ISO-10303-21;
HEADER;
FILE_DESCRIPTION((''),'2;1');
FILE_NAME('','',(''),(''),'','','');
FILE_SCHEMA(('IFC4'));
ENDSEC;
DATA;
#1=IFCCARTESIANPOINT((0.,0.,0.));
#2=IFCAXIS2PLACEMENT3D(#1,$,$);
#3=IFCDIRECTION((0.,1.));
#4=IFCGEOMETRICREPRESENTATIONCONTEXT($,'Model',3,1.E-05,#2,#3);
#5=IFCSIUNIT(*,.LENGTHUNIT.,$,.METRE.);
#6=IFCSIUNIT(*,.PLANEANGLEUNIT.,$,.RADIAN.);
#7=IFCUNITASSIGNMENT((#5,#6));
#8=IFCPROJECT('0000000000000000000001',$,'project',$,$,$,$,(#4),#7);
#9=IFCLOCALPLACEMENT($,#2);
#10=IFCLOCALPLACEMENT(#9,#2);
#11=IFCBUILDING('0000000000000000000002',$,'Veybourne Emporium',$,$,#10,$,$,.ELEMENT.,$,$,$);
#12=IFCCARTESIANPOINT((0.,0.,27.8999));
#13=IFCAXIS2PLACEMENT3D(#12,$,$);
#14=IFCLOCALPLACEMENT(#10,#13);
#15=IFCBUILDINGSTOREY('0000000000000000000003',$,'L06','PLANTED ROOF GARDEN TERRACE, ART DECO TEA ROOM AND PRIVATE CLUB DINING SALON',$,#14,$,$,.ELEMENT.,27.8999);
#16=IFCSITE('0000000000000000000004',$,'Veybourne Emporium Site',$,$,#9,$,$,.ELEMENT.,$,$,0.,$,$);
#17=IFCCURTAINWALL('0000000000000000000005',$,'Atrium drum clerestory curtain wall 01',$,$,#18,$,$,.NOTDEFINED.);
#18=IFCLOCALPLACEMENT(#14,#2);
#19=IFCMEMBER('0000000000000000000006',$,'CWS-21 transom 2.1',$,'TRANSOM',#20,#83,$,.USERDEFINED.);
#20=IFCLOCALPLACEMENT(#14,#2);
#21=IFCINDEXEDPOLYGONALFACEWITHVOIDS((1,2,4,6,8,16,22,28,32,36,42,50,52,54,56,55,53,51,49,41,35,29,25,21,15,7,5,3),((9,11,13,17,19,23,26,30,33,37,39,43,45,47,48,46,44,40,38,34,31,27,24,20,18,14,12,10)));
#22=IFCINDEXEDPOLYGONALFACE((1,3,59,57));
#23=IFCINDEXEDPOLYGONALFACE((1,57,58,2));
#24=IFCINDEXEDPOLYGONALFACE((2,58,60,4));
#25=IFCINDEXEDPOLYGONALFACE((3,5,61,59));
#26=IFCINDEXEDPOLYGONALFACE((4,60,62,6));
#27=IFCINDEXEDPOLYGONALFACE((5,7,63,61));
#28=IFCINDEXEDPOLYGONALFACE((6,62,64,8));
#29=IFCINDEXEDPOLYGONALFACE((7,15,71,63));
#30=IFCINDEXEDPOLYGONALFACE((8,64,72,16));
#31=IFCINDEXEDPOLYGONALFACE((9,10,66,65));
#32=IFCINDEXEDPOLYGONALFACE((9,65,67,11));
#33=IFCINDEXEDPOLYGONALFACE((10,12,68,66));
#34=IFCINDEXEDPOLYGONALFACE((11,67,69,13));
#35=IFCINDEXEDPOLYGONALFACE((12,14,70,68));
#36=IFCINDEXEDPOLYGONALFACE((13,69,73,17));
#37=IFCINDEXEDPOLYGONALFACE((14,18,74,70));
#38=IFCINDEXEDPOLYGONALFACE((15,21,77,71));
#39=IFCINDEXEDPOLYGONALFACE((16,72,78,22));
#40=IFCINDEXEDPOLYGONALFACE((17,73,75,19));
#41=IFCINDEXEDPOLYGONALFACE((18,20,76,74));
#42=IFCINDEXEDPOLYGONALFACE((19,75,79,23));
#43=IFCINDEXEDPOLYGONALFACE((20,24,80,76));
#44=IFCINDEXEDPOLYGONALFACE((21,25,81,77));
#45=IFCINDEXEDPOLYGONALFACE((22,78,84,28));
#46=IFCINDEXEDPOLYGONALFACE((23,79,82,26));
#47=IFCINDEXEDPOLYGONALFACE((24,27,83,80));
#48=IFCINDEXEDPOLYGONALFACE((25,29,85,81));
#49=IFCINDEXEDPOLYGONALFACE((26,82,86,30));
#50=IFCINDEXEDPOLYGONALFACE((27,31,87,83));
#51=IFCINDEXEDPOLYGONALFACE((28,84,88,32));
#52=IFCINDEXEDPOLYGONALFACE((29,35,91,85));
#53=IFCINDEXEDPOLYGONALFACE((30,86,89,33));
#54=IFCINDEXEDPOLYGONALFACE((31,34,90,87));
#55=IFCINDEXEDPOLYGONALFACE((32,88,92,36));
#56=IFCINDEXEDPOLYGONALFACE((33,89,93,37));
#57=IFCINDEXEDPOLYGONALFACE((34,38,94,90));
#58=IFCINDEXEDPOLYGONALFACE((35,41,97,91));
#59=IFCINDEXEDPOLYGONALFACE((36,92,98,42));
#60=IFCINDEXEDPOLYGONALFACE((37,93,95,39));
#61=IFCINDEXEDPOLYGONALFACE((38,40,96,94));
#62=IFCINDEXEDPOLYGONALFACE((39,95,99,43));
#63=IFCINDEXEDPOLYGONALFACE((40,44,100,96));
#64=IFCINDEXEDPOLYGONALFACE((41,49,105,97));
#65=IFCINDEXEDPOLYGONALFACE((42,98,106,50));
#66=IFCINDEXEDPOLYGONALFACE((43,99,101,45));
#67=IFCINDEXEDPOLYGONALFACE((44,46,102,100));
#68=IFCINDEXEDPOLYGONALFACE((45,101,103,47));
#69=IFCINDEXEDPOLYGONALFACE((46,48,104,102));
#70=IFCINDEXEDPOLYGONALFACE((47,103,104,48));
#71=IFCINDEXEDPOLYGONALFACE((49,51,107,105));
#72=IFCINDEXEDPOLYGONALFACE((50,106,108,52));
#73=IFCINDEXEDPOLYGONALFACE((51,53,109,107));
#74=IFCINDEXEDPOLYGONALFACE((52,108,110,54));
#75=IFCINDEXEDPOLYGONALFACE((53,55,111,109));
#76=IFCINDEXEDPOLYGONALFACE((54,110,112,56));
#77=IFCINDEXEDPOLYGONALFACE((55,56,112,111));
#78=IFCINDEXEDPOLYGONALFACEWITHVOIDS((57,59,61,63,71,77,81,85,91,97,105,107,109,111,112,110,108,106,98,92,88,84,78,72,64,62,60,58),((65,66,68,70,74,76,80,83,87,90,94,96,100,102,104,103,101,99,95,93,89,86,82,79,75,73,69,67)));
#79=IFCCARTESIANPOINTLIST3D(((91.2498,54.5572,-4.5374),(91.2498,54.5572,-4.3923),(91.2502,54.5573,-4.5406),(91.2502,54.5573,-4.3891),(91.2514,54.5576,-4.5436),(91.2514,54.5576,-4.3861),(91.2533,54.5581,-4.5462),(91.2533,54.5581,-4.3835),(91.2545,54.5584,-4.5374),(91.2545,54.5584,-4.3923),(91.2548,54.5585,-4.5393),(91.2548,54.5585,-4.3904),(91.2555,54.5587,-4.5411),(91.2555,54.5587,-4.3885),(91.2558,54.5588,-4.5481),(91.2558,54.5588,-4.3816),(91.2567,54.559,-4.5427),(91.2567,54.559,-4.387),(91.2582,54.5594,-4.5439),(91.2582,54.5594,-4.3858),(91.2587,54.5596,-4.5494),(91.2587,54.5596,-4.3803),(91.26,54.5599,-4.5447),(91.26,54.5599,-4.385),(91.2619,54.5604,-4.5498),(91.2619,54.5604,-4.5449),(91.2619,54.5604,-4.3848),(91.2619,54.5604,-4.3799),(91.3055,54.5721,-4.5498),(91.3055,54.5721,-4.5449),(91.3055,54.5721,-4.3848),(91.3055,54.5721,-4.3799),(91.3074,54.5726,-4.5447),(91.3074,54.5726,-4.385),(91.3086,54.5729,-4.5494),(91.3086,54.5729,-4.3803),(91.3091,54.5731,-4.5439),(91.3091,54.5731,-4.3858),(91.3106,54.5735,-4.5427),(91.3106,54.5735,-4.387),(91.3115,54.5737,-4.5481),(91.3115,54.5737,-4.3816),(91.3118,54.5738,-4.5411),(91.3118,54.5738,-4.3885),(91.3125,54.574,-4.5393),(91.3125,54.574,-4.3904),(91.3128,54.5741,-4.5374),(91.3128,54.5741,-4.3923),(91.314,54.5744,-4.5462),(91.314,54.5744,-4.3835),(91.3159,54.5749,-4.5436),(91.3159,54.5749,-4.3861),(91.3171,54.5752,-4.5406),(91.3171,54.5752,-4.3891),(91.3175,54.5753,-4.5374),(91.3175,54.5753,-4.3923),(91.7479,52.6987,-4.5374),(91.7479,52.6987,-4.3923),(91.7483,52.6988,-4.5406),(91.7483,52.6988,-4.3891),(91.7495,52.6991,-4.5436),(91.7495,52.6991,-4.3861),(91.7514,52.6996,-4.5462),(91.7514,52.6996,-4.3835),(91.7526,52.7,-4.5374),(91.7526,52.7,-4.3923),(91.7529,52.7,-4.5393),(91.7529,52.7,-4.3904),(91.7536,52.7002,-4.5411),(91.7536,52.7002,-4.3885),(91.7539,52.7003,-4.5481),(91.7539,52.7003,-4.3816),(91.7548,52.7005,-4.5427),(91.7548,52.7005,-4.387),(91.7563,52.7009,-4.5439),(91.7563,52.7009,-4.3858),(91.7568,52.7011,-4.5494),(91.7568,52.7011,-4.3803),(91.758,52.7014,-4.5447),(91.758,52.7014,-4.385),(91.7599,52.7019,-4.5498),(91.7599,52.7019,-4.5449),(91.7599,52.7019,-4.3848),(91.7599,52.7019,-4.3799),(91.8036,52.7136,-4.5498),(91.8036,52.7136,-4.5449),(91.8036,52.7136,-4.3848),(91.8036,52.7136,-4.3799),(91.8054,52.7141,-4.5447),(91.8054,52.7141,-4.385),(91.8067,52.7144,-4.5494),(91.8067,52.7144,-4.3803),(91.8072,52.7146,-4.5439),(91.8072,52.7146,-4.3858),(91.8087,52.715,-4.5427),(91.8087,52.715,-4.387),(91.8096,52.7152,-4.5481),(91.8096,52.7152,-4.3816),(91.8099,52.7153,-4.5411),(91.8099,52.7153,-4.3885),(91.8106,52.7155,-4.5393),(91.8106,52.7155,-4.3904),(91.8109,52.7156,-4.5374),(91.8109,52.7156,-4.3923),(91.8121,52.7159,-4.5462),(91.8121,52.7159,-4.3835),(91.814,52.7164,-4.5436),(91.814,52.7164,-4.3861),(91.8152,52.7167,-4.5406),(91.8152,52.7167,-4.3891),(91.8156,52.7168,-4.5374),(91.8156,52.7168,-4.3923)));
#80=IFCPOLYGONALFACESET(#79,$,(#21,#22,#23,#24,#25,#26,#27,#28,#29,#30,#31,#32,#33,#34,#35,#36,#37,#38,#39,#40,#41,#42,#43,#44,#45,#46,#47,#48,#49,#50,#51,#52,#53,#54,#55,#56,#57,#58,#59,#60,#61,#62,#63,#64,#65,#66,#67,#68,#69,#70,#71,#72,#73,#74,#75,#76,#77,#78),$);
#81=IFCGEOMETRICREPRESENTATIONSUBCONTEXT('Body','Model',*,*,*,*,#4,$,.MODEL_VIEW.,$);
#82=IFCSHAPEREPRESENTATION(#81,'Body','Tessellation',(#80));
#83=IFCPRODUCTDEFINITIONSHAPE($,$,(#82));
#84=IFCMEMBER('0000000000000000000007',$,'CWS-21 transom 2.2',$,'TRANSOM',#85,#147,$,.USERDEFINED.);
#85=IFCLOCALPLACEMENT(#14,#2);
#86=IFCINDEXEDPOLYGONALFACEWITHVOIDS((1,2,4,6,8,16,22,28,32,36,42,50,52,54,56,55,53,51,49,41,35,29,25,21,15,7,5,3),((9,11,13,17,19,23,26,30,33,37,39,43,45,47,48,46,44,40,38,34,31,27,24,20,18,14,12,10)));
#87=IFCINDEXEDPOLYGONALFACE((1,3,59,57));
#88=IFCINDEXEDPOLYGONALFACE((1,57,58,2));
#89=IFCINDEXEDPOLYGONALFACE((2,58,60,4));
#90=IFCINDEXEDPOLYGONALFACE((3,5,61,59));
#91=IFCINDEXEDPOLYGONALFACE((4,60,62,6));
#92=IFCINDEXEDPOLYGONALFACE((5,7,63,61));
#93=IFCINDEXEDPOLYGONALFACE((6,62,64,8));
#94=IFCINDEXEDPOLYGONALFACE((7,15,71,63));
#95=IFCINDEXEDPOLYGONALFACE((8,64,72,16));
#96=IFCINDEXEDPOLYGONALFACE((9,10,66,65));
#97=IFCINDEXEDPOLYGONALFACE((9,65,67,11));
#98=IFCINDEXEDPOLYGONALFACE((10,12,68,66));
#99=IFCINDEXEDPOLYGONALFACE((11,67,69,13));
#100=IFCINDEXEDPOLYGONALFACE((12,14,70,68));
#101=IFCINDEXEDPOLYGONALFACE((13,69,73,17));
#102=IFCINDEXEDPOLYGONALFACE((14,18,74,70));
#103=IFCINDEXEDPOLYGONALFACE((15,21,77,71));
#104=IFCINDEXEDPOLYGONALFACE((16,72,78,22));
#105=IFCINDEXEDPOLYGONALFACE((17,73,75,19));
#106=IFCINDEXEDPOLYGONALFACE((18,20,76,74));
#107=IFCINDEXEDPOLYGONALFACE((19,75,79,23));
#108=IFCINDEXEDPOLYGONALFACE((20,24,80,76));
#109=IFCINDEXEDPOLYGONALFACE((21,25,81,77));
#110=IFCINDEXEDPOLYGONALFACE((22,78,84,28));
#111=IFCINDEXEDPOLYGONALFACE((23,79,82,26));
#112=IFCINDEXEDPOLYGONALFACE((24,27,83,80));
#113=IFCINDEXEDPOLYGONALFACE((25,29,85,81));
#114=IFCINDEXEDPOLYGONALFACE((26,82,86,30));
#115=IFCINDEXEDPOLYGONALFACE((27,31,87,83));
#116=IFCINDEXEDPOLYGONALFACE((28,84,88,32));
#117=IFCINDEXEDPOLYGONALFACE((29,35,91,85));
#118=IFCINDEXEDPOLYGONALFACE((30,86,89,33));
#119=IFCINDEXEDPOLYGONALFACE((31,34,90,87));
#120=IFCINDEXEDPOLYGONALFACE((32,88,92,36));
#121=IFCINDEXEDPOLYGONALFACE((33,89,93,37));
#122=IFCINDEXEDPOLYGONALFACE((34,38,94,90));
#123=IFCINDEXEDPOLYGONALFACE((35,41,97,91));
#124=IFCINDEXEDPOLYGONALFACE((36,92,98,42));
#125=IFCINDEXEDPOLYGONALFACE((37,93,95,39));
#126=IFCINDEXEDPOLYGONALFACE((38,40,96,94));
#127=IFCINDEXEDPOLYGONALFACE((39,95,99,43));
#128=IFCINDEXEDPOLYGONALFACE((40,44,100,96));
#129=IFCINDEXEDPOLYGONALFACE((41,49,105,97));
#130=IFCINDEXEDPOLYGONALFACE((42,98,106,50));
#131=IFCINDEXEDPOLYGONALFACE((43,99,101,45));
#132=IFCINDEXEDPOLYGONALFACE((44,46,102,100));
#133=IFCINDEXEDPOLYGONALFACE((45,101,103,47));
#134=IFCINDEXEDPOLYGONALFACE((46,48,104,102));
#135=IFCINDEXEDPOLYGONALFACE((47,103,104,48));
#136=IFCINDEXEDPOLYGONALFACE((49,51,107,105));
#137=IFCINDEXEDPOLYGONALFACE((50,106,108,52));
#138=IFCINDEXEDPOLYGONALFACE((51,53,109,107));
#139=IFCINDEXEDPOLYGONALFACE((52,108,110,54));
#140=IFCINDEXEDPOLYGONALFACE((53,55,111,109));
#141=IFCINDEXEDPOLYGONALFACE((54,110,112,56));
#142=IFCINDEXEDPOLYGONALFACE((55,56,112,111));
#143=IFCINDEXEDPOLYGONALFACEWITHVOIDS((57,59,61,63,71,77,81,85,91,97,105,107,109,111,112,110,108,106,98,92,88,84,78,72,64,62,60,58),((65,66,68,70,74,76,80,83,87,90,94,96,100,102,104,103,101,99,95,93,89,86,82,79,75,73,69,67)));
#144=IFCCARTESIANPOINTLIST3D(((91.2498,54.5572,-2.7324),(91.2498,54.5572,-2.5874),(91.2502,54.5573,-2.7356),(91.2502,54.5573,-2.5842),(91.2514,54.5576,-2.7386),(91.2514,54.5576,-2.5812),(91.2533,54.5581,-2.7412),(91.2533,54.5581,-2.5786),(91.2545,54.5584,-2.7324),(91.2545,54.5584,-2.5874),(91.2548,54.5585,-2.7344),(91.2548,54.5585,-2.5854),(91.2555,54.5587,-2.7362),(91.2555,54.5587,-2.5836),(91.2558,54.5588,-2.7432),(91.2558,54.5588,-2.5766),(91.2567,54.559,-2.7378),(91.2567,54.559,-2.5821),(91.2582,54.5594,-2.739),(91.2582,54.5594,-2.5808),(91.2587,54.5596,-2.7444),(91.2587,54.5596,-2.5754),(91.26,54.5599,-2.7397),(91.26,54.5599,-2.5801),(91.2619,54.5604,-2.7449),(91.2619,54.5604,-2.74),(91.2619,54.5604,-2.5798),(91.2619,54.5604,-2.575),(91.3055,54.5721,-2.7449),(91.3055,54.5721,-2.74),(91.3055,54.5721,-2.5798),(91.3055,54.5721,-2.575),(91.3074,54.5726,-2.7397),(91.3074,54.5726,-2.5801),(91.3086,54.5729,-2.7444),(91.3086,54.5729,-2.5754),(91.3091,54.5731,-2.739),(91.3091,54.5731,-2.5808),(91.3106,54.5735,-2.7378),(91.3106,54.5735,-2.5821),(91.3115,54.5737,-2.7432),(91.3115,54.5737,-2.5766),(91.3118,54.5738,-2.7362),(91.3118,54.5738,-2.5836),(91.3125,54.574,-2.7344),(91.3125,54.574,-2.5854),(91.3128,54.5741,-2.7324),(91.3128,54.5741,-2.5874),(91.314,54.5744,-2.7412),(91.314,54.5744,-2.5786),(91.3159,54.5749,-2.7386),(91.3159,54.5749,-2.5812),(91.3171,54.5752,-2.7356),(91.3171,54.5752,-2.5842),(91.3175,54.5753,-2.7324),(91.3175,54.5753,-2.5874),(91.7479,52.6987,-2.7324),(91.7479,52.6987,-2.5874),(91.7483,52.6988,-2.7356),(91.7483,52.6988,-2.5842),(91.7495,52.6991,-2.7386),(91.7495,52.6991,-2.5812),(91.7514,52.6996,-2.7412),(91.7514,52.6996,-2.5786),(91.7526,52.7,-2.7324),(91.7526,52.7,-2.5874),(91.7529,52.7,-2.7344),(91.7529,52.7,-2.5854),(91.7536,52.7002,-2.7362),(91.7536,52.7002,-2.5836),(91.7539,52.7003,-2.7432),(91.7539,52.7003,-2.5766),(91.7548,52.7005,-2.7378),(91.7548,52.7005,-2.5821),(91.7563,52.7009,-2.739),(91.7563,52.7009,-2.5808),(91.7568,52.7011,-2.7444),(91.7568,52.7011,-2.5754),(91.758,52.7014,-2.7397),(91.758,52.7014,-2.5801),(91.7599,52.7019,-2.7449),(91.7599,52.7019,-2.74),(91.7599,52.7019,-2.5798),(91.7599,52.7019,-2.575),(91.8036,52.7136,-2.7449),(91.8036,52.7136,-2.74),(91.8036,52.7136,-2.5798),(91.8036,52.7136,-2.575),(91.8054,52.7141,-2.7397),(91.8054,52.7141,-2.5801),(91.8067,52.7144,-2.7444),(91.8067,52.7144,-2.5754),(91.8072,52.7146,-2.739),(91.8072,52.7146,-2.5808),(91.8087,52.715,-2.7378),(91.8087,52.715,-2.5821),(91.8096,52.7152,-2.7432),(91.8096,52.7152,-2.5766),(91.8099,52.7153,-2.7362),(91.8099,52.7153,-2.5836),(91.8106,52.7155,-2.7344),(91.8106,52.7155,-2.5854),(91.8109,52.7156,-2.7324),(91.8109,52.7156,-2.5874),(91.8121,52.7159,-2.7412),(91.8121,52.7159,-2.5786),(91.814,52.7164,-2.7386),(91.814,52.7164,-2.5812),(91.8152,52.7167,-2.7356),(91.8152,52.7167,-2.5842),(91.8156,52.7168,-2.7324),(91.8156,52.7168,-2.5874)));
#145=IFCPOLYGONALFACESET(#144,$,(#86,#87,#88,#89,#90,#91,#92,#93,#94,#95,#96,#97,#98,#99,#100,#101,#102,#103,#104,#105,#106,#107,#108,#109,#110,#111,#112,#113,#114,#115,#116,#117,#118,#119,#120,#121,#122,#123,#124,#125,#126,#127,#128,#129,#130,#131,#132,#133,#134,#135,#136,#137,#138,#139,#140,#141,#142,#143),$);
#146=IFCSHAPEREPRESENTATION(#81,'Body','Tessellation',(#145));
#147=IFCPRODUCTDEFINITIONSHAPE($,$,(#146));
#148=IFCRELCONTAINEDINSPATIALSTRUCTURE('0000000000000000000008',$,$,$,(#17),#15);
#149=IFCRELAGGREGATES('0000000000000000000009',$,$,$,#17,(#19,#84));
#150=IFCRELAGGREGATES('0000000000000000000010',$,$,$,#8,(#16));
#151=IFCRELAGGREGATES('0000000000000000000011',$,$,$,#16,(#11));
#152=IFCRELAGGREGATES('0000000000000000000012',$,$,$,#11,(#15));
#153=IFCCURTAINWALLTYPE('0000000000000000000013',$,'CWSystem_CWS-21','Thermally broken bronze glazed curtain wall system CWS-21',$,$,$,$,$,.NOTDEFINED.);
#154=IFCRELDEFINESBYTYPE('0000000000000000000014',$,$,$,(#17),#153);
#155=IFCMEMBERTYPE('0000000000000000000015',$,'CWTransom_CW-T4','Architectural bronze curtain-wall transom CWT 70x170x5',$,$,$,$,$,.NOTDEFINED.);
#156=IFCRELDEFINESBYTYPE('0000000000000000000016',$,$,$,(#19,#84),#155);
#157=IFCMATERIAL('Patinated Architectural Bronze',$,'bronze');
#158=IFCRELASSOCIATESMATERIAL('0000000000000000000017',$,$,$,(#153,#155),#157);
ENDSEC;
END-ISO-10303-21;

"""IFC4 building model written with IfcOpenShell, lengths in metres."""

from ifc_helpers import new_model, si_unit, direction, frame, origin, origin_2d, place, context, subcontext, project, spatial, hollow_rectangle, extrude, material, material_profile, profile_set, type_object, element, aggregate, save


model = new_model("IFC4")

# Units and contexts
model_context = context("Model", 3, precision=1e-05, world=origin(), true_north=direction((0.0, 1.0)))
body_context = subcontext(model_context, "Body", "Model", "MODEL_VIEW")
ifc_project = project(units=[si_unit("LENGTHUNIT", "METRE"), si_unit("PLANEANGLEUNIT", "RADIAN")], contexts=[model_context])

# Site, building, storey
site_placement = place(None, origin())
site = spatial("IfcSite", under=ifc_project, at=site_placement, Name="Veybourne Emporium Site", CompositionType="ELEMENT", RefElevation=0.0)
building_placement = place(site_placement, origin())
building = spatial("IfcBuilding", under=site, at=building_placement, Name="Veybourne Emporium", CompositionType="ELEMENT")
storey_placement = place(building_placement, frame((0.0, 0.0, 27.8999)))
storey = spatial("IfcBuildingStorey", under=building, at=storey_placement, Name="L06", Description="PLANTED ROOF GARDEN TERRACE, ART DECO TEA ROOM AND PRIVATE CLUB DINING SALON", CompositionType="ELEMENT", Elevation=27.8999)

# Curtain wall
ifc_material_1 = material(Name="Patinated Architectural Bronze", Category="bronze")
curtain_wall_type_1 = type_object("IfcCurtainWallType", Name="CWSystem_CWS-21", Description="Thermally broken bronze glazed curtain wall system CWS-21", PredefinedType="NOTDEFINED", material=ifc_material_1)
curtain_wall_1_placement = place(storey_placement, origin())
curtain_wall_1 = element("IfcCurtainWall", 1, at=curtain_wall_1_placement, inside=storey, type_object=curtain_wall_type_1, Name="Atrium drum clerestory curtain wall 01", PredefinedType="NOTDEFINED")

# Members
ifc_material_profile_1 = material_profile(ifc_material_1, hollow_rectangle(XDim=0.0701, YDim=0.1699, WallThickness=0.0049, InnerFilletRadius=0.0076, OuterFilletRadius=0.0125, at=origin_2d()), Name="CWT 70x170x5")
ifc_profile_set_1 = profile_set([ifc_material_profile_1], Name="Patinated Architectural Bronze")
member_type_1 = type_object("IfcMemberType", Name="CWTransom_CW-T4", Description="Architectural bronze curtain-wall transom CWT 70x170x5", PredefinedType="NOTDEFINED", material=ifc_profile_set_1)
member_1_placement = place(storey_placement, frame((91.7817, 52.7078, -4.4648), z_axis=(-0.258863, 0.965914, 0.0), x_axis=(-0.965914, -0.258863, 0.0)))
member_1 = element("IfcMember", 2, at=member_1_placement, type_object=member_type_1, Name="CWS-21 transom 2.1", ObjectType="TRANSOM", PredefinedType="USERDEFINED", context=body_context, shape_type="SweptSolid", body=[
    extrude(hollow_rectangle(XDim=0.0701, YDim=0.1699, WallThickness=0.0049, InnerFilletRadius=0.0076, OuterFilletRadius=0.0125, at=origin_2d()), origin(), (0.0, 0.0, 1.0), 1.9241),
])
member_2_placement = place(storey_placement, frame((91.7817, 52.7078, -2.6599), z_axis=(-0.258863, 0.965914, 0.0), x_axis=(-0.965914, -0.258863, 0.0)))
member_2 = element("IfcMember", 3, at=member_2_placement, type_object=member_type_1, Name="CWS-21 transom 2.2", ObjectType="TRANSOM", PredefinedType="USERDEFINED", context=body_context, shape_type="SweptSolid", body=[
    extrude(hollow_rectangle(XDim=0.0701, YDim=0.1699, WallThickness=0.0049, InnerFilletRadius=0.0076, OuterFilletRadius=0.0125, at=origin_2d()), origin(), (0.0, 0.0, 1.0), 1.9241),
])

aggregate(curtain_wall_1, [member_1, member_2])

save(model, "model.ifc")
